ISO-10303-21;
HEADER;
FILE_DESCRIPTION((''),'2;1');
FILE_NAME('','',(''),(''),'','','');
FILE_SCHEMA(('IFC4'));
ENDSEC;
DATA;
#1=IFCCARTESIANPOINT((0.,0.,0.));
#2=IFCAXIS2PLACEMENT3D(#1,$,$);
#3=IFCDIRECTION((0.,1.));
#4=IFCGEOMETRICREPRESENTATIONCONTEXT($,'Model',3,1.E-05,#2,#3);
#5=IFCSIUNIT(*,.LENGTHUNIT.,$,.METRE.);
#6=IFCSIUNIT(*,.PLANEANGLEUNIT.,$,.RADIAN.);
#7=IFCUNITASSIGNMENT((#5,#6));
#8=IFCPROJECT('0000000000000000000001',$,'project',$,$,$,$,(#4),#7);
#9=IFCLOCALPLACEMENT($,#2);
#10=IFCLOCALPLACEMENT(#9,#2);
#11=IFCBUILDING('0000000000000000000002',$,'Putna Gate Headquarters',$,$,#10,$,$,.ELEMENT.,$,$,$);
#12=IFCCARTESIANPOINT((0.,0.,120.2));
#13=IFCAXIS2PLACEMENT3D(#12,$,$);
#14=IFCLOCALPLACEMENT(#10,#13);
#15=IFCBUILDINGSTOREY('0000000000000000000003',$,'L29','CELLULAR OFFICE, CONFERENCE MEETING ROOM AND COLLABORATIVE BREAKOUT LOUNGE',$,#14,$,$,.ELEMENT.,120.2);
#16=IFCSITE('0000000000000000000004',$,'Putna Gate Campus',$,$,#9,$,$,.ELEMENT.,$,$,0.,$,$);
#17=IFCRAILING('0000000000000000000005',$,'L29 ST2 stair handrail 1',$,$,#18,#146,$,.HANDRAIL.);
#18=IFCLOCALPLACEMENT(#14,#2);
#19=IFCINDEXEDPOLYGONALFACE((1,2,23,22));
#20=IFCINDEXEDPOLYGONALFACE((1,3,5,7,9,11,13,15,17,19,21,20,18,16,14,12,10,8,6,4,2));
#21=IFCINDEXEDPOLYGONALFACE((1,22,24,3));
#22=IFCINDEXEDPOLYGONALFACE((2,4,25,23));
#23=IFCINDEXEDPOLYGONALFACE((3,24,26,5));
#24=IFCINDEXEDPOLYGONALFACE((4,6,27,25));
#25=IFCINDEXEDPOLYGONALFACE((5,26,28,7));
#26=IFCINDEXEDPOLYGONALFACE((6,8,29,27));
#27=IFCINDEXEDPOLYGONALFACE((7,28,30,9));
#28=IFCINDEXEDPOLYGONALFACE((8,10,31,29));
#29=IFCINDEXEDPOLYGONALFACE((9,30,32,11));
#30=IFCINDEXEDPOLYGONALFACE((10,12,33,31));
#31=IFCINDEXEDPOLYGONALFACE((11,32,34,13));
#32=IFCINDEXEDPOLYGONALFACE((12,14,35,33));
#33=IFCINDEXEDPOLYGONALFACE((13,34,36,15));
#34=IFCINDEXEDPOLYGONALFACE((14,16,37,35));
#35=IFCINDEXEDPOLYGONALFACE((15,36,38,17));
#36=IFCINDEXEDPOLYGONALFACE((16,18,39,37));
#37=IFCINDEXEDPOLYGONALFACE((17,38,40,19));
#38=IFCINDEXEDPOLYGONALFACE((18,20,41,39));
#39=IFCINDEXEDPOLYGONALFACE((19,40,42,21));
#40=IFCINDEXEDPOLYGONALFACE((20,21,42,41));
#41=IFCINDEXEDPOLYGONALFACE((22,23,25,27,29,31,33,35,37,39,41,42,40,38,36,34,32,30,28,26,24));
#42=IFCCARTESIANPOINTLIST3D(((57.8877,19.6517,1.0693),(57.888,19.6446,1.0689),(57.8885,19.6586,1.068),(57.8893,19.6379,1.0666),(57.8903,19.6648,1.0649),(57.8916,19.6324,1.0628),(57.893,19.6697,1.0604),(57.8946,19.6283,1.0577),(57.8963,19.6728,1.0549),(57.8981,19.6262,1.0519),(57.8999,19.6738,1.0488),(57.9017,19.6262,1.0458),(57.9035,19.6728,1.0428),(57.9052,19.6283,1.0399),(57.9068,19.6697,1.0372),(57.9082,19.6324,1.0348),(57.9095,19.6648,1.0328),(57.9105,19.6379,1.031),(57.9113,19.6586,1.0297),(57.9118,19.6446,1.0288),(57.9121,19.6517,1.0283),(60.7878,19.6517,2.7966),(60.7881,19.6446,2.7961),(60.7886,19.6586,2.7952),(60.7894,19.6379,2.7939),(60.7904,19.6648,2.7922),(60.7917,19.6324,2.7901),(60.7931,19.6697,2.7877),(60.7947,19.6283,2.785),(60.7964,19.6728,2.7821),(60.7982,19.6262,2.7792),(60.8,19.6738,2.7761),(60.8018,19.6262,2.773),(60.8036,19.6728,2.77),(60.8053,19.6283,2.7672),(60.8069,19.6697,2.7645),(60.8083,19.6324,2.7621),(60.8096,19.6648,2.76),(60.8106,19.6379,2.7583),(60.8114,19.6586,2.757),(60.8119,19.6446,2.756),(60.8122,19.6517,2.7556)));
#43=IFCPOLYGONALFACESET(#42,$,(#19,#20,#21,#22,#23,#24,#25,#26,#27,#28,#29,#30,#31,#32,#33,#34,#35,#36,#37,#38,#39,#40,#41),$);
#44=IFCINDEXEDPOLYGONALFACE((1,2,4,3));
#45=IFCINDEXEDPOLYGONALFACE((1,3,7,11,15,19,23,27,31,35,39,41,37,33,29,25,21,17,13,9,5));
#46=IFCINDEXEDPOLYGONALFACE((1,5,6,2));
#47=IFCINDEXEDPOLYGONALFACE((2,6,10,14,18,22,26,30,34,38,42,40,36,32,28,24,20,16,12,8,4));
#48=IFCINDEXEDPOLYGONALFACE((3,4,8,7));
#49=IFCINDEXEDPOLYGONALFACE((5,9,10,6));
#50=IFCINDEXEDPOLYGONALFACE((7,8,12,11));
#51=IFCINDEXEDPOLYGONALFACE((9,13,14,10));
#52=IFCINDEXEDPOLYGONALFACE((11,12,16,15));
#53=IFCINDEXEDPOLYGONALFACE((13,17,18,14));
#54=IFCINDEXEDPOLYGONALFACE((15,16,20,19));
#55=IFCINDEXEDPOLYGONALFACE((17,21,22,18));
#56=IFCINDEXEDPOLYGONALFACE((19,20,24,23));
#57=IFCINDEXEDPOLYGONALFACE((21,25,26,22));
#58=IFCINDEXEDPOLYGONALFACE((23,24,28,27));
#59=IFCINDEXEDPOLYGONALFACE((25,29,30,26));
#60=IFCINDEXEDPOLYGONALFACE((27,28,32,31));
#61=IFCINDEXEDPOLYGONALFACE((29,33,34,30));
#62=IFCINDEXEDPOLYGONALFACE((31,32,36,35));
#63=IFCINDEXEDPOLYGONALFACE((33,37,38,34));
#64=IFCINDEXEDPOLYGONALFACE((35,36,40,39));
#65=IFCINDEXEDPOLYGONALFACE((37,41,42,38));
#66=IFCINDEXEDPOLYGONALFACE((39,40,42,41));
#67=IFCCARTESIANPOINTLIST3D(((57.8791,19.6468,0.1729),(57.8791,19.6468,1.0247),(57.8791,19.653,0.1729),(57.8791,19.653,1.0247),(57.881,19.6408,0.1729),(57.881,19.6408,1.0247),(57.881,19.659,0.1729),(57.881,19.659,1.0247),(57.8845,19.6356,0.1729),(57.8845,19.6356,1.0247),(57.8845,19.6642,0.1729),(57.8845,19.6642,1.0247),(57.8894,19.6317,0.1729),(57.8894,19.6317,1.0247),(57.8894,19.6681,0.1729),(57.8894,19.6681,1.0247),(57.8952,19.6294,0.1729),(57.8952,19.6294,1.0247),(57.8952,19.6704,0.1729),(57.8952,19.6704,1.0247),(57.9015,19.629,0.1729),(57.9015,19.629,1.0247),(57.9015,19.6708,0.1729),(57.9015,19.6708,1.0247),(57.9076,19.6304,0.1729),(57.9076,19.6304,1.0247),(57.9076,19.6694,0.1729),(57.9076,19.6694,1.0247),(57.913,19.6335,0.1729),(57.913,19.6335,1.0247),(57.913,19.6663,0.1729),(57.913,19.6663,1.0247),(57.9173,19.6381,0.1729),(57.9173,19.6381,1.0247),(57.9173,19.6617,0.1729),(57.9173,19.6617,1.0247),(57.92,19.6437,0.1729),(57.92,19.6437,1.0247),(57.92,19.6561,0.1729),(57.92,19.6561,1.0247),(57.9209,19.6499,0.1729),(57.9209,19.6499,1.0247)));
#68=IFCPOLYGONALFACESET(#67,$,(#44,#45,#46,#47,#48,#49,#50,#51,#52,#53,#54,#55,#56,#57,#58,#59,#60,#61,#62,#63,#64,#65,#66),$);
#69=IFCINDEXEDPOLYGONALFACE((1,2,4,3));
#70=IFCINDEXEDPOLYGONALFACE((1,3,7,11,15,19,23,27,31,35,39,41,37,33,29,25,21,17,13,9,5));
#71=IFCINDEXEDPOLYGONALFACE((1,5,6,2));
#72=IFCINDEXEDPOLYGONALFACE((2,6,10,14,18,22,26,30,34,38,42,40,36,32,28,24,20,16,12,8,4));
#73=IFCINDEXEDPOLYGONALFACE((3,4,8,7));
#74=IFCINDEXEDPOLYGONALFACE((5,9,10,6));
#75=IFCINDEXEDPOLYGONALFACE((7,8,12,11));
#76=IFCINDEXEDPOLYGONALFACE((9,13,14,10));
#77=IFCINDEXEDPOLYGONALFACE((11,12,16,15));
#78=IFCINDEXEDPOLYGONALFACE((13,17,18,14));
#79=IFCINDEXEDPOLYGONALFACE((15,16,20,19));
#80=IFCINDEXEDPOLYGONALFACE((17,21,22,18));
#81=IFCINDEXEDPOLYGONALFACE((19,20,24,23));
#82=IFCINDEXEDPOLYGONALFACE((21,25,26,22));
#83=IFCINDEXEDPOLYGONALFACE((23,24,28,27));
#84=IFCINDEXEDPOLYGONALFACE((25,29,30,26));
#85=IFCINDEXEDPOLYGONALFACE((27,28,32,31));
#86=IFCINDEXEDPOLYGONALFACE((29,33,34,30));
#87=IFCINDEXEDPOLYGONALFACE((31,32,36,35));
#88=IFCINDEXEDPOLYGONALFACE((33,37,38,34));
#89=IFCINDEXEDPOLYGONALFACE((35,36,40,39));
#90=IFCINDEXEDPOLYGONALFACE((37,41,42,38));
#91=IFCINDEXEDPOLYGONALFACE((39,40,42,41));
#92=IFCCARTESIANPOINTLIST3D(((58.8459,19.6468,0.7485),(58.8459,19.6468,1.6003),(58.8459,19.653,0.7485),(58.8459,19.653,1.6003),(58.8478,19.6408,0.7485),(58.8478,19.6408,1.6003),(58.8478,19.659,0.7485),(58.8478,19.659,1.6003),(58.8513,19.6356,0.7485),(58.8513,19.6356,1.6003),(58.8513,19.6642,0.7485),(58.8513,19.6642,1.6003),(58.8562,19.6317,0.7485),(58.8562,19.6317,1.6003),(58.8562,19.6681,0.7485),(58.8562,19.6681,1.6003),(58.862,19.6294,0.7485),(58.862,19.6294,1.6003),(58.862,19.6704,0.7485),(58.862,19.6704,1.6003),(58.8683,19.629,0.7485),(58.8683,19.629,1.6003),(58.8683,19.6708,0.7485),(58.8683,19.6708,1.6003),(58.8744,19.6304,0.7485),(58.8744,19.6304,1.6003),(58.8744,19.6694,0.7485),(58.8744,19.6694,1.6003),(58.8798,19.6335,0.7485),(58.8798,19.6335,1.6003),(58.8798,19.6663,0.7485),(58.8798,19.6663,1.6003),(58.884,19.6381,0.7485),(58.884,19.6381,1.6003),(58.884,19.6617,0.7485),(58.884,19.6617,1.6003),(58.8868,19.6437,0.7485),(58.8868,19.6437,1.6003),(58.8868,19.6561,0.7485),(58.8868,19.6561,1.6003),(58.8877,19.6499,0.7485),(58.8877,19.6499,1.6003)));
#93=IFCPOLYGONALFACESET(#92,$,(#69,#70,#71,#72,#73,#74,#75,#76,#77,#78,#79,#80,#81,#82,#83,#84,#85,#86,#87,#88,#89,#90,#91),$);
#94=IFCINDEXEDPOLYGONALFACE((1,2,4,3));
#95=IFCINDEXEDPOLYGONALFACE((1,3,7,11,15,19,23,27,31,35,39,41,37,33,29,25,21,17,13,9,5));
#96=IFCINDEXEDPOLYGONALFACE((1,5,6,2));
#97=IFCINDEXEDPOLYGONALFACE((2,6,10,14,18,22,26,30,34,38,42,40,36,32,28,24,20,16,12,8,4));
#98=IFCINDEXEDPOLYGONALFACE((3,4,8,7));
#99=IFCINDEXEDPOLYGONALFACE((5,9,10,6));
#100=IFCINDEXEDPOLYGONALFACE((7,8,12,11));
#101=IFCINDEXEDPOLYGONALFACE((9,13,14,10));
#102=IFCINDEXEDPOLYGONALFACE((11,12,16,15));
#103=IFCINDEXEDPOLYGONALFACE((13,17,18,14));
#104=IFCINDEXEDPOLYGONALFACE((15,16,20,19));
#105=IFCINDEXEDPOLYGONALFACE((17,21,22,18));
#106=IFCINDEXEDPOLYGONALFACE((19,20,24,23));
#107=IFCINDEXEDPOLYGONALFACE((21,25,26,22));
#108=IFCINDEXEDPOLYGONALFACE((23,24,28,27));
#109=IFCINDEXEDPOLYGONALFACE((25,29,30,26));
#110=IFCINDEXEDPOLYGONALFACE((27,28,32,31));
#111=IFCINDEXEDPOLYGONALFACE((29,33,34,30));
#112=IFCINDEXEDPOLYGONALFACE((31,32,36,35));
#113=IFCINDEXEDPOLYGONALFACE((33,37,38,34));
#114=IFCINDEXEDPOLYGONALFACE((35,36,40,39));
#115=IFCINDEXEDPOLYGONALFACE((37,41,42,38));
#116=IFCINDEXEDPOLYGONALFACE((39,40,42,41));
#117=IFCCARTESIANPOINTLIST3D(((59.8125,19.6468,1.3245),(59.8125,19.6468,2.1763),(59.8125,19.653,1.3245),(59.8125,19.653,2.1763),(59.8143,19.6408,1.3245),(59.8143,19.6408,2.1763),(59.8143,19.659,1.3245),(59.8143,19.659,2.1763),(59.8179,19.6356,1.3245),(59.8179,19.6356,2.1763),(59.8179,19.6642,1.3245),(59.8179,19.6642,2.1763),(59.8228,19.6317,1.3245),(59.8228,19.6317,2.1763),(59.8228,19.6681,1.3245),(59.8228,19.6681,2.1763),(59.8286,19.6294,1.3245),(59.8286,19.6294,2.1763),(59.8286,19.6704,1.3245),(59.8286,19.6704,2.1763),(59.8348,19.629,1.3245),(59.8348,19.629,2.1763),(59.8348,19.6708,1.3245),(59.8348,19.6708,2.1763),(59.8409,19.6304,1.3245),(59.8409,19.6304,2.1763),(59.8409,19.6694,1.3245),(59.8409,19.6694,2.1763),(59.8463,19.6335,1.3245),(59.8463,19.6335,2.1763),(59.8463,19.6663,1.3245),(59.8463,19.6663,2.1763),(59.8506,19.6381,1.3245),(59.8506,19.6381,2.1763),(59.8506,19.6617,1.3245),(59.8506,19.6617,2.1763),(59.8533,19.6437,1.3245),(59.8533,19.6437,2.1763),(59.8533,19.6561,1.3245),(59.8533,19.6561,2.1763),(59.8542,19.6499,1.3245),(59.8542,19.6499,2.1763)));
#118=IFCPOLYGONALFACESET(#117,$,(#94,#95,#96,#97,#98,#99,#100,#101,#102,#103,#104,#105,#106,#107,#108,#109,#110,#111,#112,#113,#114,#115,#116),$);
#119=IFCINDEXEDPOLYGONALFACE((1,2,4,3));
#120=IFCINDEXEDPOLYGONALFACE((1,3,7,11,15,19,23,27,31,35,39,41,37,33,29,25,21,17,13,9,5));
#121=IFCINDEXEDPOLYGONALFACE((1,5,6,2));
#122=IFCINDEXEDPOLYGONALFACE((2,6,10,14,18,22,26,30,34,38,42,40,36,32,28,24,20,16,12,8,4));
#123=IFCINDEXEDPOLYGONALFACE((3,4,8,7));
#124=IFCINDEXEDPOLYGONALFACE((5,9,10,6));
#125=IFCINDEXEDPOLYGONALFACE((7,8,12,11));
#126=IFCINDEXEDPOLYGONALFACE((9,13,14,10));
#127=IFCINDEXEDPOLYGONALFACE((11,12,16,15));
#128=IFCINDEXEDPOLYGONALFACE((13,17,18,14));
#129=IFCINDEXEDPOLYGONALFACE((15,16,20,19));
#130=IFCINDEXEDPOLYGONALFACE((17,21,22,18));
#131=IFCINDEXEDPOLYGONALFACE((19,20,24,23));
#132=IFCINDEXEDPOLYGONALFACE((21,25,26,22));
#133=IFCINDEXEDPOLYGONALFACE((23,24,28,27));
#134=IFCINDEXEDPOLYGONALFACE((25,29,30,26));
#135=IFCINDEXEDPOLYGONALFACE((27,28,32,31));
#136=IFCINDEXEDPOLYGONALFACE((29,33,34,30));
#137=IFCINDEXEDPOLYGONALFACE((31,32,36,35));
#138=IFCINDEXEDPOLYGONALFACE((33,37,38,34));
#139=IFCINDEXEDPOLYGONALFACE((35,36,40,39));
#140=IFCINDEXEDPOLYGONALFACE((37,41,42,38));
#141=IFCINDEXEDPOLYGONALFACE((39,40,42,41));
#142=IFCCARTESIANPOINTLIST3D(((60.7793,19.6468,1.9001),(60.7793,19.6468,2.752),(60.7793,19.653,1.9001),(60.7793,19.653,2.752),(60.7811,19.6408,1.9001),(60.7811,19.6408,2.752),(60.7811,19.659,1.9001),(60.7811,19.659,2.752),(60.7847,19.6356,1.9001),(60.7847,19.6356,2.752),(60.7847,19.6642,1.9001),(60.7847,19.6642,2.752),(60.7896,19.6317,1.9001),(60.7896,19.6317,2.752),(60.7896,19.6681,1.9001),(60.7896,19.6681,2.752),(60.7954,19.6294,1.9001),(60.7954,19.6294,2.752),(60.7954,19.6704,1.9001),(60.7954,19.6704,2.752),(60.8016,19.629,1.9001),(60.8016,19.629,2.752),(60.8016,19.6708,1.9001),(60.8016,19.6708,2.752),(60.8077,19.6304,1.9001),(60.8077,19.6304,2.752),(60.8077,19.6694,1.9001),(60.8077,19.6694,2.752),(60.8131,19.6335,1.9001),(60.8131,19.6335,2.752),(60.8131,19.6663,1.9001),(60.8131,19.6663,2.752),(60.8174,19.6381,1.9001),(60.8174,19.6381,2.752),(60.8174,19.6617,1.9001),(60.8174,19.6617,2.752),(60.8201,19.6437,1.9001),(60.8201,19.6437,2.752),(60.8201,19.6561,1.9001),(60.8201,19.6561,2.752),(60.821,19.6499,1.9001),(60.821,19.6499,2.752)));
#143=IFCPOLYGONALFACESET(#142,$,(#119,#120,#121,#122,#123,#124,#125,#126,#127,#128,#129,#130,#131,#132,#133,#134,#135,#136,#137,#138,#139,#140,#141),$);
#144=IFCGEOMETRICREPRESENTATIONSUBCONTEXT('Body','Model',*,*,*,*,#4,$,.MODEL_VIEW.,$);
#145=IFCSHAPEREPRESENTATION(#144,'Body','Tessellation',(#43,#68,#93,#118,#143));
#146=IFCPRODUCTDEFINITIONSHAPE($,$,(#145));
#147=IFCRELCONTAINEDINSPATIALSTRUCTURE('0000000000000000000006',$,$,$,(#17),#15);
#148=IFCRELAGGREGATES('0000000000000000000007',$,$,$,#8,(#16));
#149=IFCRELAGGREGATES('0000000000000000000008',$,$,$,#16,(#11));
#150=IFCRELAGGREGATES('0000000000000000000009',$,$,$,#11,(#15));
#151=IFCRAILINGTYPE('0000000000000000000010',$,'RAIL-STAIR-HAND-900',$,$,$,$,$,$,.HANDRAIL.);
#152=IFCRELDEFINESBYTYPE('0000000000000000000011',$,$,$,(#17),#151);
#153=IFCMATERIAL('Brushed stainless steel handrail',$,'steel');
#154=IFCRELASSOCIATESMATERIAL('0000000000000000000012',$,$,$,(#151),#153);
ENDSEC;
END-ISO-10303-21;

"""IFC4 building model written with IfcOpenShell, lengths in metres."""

from ifc_helpers import new_model, si_unit, direction, frame, origin, origin_2d, place, context, subcontext, project, spatial, circle, extrude, material, type_object, element, save


model = new_model("IFC4")

# Units and contexts
model_context = context("Model", 3, precision=1e-05, world=origin(), true_north=direction((0.0, 1.0)))
body_context = subcontext(model_context, "Body", "Model", "MODEL_VIEW")
ifc_project = project(units=[si_unit("LENGTHUNIT", "METRE"), si_unit("PLANEANGLEUNIT", "RADIAN")], contexts=[model_context])

# Site, building, storey
site_placement = place(None, origin())
site = spatial("IfcSite", under=ifc_project, at=site_placement, Name="Putna Gate Campus", CompositionType="ELEMENT", RefElevation=0.0)
building_placement = place(site_placement, origin())
building = spatial("IfcBuilding", under=site, at=building_placement, Name="Putna Gate Headquarters", CompositionType="ELEMENT")
storey_placement = place(building_placement, frame((0.0, 0.0, 120.2)))
storey = spatial("IfcBuildingStorey", under=building, at=storey_placement, Name="L29", Description="CELLULAR OFFICE, CONFERENCE MEETING ROOM AND COLLABORATIVE BREAKOUT LOUNGE", CompositionType="ELEMENT", Elevation=120.2)

# Railing
ifc_material_1 = material(Name="Brushed stainless steel handrail", Category="steel")
railing_type_1 = type_object("IfcRailingType", Name="RAIL-STAIR-HAND-900", PredefinedType="HANDRAIL", material=ifc_material_1)
railing_1_placement = place(storey_placement, frame((57.8999, 19.6499, 0.1729)))
element("IfcRailing", 1, at=railing_1_placement, inside=storey, type_object=railing_type_1, Name="L29 ST2 stair handrail 1", PredefinedType="HANDRAIL", context=body_context, shape_type="SweptSolid", body=[
    extrude(circle(Radius=0.0239, at=origin_2d()), frame((0.0, 0.0, 0.876), z_axis=(0.85916, 0.0, 0.511706), x_axis=(0.0, 1.0, 0.0)), (0.0, 0.0, 1.0), 3.3755),
    extrude(circle(Radius=0.021, at=origin_2d()), origin(), (0.0, 0.0, 1.0), 0.8518),
    extrude(circle(Radius=0.021, at=origin_2d()), frame((0.9668, 0.0, 0.5757)), (0.0, 0.0, 1.0), 0.8518),
    extrude(circle(Radius=0.021, at=origin_2d()), frame((1.9333, 0.0, 1.1516)), (0.0, 0.0, 1.0), 0.8518),
    extrude(circle(Radius=0.021, at=origin_2d()), frame((2.9001, 0.0, 1.7273)), (0.0, 0.0, 1.0), 0.8518),
])

save(model, "model.ifc")
